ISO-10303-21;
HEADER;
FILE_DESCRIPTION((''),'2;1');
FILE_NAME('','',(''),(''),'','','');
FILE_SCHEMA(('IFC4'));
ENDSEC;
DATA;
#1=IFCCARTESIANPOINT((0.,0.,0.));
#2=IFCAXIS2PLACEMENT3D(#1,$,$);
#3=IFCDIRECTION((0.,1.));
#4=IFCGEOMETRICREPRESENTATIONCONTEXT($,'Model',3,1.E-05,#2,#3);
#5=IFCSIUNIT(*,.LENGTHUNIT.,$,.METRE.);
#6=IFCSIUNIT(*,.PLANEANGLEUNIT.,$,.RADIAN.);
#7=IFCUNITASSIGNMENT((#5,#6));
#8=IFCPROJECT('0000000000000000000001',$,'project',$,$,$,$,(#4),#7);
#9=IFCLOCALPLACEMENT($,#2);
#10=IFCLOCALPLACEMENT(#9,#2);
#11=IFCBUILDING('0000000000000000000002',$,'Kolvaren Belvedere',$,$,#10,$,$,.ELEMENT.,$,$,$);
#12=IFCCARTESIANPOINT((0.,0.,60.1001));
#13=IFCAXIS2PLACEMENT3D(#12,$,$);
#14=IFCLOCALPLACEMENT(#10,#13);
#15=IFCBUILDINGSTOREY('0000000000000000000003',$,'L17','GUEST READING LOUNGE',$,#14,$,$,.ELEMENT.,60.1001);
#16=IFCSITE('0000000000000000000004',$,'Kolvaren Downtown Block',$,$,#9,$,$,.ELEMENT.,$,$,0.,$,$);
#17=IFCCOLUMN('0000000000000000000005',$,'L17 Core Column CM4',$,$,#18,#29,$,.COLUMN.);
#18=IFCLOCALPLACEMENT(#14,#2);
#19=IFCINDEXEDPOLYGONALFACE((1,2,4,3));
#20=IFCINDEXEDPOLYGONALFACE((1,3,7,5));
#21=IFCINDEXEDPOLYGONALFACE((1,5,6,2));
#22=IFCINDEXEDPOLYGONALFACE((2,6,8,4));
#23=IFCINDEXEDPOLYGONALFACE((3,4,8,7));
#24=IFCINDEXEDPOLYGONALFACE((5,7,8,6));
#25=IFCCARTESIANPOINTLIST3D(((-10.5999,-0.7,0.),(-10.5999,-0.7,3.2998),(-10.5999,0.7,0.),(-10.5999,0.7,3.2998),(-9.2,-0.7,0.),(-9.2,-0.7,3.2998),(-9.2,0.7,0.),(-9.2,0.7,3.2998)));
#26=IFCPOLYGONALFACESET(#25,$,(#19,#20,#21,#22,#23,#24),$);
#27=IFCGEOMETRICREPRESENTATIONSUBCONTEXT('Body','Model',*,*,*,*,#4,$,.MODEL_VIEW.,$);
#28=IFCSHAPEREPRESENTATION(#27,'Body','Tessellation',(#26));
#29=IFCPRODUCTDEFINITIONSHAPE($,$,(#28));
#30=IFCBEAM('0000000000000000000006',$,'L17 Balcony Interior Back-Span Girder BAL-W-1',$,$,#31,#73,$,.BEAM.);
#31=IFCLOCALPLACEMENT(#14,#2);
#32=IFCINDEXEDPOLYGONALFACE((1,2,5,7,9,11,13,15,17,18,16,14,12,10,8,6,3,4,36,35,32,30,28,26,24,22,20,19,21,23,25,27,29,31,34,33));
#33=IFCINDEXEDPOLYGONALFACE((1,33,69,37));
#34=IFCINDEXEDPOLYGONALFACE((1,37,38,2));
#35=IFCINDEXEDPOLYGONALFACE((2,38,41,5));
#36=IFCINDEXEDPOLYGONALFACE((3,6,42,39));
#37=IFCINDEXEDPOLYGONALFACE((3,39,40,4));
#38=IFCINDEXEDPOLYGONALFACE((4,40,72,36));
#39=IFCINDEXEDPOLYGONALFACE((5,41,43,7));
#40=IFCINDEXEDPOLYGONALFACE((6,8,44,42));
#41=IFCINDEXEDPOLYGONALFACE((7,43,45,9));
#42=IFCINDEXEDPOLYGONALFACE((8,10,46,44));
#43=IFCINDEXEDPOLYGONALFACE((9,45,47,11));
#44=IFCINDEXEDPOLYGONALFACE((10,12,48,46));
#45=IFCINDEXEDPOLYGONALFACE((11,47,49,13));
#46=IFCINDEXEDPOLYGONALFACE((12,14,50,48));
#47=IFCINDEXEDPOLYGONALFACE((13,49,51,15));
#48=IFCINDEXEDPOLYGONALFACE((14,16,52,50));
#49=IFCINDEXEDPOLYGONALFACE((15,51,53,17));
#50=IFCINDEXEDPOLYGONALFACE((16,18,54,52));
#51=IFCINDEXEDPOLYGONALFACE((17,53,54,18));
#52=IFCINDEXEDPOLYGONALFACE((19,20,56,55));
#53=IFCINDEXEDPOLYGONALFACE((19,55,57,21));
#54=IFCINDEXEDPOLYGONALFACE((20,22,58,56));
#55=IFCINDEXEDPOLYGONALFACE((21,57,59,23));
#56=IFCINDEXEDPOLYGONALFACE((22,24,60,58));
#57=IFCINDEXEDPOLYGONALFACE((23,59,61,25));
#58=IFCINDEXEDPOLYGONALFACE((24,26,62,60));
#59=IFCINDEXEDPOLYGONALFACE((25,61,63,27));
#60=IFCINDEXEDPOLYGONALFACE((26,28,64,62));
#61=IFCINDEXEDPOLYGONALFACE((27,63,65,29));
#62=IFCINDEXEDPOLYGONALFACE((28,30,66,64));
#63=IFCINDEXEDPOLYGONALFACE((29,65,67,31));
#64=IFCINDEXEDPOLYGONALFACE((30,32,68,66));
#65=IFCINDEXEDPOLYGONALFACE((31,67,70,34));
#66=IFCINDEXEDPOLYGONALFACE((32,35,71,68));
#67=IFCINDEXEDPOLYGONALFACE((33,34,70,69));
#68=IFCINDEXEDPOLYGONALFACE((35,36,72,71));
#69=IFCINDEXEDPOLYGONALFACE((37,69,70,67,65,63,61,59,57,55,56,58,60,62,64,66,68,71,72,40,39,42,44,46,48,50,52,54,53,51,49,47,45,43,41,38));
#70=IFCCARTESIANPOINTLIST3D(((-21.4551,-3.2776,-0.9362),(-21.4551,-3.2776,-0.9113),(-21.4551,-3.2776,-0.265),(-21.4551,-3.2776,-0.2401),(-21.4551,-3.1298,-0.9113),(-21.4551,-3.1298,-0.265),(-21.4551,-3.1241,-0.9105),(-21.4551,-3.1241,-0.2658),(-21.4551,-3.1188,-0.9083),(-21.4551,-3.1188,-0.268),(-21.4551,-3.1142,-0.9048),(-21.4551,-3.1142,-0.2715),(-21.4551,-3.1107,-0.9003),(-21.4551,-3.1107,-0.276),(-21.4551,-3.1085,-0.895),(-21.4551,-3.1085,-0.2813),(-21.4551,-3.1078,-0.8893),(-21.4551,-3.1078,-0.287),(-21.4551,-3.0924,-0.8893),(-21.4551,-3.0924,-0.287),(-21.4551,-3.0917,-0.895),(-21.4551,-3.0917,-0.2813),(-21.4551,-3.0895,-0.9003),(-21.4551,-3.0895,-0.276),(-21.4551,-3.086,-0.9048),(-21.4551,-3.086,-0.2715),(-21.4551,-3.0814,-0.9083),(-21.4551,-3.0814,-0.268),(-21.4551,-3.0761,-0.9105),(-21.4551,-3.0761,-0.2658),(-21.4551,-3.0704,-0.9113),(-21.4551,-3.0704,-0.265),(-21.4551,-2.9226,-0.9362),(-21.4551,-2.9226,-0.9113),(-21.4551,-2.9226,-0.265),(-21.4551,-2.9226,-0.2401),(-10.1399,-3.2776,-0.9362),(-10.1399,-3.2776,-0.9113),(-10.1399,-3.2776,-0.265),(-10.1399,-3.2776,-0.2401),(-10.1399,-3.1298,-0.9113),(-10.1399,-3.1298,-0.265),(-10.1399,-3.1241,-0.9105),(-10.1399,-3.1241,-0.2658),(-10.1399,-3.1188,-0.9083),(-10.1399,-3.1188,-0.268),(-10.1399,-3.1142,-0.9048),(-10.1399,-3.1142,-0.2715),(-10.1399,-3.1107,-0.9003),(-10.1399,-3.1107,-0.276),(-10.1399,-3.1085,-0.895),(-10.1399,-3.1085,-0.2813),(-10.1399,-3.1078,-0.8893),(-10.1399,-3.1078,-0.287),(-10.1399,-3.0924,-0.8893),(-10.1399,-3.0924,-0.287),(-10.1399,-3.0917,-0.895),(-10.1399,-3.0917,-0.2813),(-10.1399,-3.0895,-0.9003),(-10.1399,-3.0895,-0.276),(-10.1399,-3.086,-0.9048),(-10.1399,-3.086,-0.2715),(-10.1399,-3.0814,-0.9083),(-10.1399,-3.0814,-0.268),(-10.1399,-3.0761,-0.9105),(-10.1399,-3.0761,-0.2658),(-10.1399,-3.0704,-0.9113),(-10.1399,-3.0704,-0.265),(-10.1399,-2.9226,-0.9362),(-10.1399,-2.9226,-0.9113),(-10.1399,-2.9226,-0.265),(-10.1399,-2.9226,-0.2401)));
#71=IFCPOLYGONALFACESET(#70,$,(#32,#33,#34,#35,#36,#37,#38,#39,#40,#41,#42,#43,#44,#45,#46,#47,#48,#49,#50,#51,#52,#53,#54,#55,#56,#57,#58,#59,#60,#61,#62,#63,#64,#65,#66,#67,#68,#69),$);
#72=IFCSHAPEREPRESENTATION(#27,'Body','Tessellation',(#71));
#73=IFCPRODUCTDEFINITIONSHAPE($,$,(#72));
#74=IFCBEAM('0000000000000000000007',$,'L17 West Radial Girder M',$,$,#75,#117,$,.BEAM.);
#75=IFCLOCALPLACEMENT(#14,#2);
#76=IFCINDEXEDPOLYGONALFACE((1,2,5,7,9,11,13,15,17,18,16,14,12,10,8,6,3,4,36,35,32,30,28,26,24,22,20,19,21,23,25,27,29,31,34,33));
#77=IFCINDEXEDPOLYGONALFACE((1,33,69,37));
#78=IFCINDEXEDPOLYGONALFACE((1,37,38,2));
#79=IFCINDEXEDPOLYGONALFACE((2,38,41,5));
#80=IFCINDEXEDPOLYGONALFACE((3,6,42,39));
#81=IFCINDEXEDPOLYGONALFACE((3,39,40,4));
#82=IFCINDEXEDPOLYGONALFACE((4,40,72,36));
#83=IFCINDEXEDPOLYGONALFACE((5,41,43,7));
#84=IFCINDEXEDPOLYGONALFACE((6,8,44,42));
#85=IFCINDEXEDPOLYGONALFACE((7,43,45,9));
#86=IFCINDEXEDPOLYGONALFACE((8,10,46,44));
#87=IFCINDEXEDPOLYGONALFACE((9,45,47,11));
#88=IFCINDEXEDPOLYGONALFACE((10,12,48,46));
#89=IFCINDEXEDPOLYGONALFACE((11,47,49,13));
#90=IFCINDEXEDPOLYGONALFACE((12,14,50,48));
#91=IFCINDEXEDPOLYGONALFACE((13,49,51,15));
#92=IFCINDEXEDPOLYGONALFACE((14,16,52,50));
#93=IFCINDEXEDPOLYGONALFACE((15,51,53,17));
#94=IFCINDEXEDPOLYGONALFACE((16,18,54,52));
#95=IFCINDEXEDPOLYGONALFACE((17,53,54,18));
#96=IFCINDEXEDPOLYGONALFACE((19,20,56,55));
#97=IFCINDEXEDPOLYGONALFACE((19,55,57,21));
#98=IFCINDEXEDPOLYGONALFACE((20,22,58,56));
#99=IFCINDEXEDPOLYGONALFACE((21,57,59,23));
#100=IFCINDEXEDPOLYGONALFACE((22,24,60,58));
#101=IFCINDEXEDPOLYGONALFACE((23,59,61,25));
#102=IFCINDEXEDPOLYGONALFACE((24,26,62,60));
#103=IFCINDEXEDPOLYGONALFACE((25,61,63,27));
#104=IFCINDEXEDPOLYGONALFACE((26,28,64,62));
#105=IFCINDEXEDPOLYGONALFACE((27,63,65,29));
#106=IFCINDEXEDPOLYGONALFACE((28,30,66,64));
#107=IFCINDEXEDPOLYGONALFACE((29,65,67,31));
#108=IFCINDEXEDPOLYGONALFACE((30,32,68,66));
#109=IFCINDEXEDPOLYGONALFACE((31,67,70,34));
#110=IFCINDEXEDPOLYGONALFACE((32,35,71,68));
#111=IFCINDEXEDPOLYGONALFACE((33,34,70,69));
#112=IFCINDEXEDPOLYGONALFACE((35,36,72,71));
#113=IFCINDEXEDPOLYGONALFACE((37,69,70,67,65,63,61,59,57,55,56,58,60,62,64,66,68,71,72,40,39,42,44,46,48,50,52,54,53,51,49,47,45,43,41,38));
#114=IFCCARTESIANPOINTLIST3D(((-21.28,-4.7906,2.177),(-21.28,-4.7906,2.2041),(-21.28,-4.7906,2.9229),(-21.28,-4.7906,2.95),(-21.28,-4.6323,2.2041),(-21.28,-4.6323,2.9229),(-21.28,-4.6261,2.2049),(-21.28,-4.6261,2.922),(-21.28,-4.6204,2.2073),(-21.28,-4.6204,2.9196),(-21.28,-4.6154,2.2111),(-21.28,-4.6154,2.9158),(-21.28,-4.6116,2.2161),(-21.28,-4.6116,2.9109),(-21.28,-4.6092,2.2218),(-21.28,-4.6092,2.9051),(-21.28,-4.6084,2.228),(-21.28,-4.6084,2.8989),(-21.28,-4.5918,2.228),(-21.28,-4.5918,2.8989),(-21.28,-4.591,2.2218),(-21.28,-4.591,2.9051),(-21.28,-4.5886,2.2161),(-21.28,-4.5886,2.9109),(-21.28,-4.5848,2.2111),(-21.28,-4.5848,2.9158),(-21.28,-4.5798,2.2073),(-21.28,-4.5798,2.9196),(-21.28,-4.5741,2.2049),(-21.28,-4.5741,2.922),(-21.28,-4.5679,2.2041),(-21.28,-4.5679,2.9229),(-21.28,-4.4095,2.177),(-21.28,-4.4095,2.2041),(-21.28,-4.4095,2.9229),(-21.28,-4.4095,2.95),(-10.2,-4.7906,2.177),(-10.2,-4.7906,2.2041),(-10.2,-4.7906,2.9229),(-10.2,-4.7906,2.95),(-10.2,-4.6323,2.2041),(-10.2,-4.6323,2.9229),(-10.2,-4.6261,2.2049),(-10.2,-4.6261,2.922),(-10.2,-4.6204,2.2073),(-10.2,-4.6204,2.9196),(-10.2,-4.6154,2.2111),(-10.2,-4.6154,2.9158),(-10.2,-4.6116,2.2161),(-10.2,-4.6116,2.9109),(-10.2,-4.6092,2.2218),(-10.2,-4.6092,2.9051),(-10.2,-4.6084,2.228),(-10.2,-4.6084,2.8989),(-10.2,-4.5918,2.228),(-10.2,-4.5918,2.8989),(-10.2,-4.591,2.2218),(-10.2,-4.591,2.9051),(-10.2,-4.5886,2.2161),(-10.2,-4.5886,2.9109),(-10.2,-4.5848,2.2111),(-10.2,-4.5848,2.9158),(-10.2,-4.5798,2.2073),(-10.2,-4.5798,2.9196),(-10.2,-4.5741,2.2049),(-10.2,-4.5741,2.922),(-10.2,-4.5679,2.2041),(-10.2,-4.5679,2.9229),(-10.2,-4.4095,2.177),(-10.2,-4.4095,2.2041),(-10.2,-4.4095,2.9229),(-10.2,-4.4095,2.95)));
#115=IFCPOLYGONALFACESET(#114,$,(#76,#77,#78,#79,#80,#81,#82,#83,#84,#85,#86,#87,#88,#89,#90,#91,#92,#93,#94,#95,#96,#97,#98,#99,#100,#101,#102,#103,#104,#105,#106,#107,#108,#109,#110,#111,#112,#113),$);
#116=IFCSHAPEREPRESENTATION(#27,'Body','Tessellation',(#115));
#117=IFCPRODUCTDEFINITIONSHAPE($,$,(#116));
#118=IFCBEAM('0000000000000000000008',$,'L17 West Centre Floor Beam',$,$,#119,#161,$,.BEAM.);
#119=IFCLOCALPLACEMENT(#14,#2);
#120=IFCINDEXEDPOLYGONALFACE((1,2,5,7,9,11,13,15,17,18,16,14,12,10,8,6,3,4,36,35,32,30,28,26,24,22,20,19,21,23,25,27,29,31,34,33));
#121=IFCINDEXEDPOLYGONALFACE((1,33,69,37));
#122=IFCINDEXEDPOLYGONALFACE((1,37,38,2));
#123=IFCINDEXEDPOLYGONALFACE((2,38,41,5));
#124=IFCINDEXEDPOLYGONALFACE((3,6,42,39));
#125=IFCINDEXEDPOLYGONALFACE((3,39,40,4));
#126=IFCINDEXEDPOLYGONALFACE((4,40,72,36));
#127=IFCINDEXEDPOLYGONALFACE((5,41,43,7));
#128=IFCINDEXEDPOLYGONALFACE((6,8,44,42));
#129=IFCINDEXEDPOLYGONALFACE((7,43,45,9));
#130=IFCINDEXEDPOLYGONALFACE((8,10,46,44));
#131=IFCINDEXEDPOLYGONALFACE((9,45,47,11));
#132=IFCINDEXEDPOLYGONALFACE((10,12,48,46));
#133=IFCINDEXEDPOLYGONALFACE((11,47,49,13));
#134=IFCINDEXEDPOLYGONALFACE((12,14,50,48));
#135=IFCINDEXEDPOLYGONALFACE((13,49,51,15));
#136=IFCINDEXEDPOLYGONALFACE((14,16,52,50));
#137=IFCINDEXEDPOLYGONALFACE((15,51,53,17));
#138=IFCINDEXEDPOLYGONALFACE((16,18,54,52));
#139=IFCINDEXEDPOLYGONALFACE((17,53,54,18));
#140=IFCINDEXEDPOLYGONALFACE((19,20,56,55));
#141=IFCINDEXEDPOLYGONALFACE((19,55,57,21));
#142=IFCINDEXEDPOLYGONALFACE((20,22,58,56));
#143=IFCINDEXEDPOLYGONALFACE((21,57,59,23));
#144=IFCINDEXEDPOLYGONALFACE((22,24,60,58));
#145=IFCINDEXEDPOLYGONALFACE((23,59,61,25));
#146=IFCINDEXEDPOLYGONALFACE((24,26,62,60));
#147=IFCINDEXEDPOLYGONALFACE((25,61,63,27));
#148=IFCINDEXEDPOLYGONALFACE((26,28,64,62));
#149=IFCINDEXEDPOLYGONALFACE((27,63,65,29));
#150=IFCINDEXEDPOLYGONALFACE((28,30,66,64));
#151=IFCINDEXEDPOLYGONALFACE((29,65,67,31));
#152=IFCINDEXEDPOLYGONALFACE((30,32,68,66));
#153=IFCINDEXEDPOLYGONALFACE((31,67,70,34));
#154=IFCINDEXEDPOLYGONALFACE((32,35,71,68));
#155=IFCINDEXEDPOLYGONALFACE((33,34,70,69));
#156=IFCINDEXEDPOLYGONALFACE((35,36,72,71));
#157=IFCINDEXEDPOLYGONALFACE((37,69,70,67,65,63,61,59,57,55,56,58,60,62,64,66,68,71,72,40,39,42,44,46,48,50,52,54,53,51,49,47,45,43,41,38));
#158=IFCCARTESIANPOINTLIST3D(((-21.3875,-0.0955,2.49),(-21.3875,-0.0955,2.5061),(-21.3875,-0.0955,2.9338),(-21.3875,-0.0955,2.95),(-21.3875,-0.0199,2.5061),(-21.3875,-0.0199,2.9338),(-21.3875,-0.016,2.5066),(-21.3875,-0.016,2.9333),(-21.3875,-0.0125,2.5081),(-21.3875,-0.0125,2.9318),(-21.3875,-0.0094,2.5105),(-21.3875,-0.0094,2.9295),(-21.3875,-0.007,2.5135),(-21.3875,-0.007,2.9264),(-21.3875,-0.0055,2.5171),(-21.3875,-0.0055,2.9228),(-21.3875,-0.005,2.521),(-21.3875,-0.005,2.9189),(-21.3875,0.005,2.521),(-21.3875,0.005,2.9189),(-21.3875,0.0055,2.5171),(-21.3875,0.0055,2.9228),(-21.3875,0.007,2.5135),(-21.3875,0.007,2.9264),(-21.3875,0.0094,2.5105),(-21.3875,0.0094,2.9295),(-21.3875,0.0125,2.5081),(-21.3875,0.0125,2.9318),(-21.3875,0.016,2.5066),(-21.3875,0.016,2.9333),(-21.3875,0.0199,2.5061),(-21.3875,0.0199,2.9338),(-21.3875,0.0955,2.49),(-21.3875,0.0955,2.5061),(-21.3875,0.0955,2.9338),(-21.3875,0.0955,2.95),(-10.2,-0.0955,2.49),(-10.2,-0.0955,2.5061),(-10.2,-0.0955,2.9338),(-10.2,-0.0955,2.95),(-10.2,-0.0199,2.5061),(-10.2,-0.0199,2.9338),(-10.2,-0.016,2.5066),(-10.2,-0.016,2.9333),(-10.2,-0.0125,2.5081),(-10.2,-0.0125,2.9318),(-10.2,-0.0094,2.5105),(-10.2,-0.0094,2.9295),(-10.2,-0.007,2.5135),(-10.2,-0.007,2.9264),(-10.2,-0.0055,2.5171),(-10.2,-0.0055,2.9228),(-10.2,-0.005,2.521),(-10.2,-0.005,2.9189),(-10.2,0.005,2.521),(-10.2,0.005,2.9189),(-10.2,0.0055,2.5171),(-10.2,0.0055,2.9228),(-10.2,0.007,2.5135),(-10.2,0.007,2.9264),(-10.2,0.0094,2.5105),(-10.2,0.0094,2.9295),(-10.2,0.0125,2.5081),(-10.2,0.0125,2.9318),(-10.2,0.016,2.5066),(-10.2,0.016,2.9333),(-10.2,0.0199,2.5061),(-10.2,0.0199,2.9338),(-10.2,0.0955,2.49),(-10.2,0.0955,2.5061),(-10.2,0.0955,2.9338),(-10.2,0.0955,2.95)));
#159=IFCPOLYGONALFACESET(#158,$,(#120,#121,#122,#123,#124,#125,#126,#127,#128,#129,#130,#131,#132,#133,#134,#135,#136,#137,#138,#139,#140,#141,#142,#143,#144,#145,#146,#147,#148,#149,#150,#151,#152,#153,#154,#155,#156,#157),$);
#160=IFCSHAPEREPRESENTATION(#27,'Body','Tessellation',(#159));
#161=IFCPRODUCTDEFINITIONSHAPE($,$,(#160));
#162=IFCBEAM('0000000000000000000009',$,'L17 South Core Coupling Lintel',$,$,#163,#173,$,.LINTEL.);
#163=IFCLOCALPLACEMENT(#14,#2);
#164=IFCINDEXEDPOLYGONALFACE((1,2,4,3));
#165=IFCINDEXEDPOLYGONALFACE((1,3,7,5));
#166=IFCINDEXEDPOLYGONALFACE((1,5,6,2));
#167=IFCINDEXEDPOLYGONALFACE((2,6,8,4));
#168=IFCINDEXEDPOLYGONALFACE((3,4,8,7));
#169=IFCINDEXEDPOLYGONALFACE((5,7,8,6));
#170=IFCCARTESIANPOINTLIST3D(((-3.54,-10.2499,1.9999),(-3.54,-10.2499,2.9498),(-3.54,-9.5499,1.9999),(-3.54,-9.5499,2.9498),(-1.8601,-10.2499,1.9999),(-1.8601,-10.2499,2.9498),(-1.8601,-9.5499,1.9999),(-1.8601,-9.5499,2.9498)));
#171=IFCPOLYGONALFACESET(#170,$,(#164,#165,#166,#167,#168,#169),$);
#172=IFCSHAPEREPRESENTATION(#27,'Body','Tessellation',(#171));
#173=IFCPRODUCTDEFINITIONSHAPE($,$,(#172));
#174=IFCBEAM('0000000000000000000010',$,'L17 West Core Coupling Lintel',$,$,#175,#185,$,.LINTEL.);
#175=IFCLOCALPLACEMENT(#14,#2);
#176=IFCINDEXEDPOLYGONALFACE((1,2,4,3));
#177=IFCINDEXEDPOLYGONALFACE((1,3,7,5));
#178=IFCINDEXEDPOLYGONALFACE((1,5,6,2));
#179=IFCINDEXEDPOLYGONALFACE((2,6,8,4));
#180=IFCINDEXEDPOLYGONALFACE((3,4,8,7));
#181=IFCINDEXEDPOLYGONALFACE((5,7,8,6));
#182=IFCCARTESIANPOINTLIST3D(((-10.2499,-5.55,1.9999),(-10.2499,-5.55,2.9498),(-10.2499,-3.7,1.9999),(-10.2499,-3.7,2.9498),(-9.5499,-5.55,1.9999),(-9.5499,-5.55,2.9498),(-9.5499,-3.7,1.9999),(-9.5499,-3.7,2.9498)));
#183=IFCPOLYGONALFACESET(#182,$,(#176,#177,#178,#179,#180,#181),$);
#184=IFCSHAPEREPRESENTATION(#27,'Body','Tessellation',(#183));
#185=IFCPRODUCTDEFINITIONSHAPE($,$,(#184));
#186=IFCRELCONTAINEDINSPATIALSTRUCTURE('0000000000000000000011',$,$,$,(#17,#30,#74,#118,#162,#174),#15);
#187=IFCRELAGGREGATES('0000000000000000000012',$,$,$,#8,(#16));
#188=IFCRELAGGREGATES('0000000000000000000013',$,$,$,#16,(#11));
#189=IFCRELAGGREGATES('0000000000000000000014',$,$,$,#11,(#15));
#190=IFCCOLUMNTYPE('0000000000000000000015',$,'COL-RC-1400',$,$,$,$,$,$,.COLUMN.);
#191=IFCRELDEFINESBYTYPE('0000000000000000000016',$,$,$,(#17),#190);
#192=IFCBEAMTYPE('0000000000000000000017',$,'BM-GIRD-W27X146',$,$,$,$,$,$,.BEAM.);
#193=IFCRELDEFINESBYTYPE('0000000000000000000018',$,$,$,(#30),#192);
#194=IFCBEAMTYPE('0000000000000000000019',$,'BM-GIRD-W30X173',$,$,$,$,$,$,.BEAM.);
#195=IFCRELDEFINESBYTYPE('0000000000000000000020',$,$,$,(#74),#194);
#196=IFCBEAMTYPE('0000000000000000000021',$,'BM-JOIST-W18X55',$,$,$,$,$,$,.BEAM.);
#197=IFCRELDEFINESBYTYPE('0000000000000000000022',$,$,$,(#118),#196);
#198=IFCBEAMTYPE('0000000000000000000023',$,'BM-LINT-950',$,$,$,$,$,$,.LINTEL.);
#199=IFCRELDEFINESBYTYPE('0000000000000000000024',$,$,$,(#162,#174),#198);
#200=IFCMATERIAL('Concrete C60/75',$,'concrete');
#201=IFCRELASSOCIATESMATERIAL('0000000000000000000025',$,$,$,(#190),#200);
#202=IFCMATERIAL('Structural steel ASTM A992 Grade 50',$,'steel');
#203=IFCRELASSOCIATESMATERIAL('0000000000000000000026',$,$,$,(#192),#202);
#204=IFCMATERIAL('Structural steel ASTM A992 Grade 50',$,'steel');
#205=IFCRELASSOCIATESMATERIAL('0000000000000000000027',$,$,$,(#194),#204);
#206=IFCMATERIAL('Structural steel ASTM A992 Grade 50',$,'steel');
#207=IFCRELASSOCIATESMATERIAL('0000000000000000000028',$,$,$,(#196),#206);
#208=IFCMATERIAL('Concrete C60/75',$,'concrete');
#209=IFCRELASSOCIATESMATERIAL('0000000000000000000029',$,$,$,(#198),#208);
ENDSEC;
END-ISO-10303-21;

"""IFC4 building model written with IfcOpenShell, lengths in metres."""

from ifc_helpers import new_model, si_unit, direction, frame, origin, origin_2d, place, context, subcontext, project, spatial, rectangle, i_section, extrude, material, material_profile, profile_set, type_object, element, save


model = new_model("IFC4")

# Units and contexts
model_context = context("Model", 3, precision=1e-05, world=origin(), true_north=direction((0.0, 1.0)))
body_context = subcontext(model_context, "Body", "Model", "MODEL_VIEW")
ifc_project = project(units=[si_unit("LENGTHUNIT", "METRE"), si_unit("PLANEANGLEUNIT", "RADIAN")], contexts=[model_context])

# Site, building, storey
site_placement = place(None, origin())
site = spatial("IfcSite", under=ifc_project, at=site_placement, Name="Kolvaren Downtown Block", CompositionType="ELEMENT", RefElevation=0.0)
building_placement = place(site_placement, origin())
building = spatial("IfcBuilding", under=site, at=building_placement, Name="Kolvaren Belvedere", CompositionType="ELEMENT")
storey_placement = place(building_placement, frame((0.0, 0.0, 60.1001)))
storey = spatial("IfcBuildingStorey", under=building, at=storey_placement, Name="L17", Description="GUEST READING LOUNGE", CompositionType="ELEMENT", Elevation=60.1001)

# Column
ifc_material_1 = material(Name="Concrete C60/75", Category="concrete")
ifc_material_profile_1 = material_profile(ifc_material_1, rectangle(XDim=1.3999, YDim=1.3999, at=origin_2d()), Name="RC 1400X1400")
ifc_profile_set_1 = profile_set([ifc_material_profile_1], Name="Concrete C60/75")
column_type = type_object("IfcColumnType", Name="COL-RC-1400", PredefinedType="COLUMN", material=ifc_profile_set_1)
column_placement = place(storey_placement, frame((-9.8999, 0.0, 0.0), z_axis=(0.0, 0.0, 1.0), x_axis=(1.0, 0.0, 0.0)))
element("IfcColumn", 1, at=column_placement, inside=storey, type_object=column_type, Name="L17 Core Column CM4", PredefinedType="COLUMN", context=body_context, shape_type="SweptSolid", body=[
    extrude(rectangle(XDim=1.3999, YDim=1.3999, at=origin_2d()), origin(), (0.0, 0.0, 1.0), 3.2998),
])

# Beams
ifc_material_2 = material(Name="Structural steel ASTM A992 Grade 50", Category="steel")
ifc_material_profile_2 = material_profile(ifc_material_2, i_section(OverallWidth=0.355, OverallDepth=0.696, WebThickness=0.0154, FlangeThickness=0.0249, FilletRadius=0.022, at=origin_2d()), Name="W27X146")
ifc_profile_set_2 = profile_set([ifc_material_profile_2], Name="Structural steel ASTM A992 Grade 50")
beam_type_1 = type_object("IfcBeamType", Name="BM-GIRD-W27X146", PredefinedType="BEAM", material=ifc_profile_set_2)
beam_1_placement = place(storey_placement, frame((-10.1399, -3.1001, -0.5881), z_axis=(-1.0, 0.0, 0.0), x_axis=(0.0, -1.0, 0.0)))
element("IfcBeam", 2, at=beam_1_placement, inside=storey, type_object=beam_type_1, Name="L17 Balcony Interior Back-Span Girder BAL-W-1", PredefinedType="BEAM", context=body_context, shape_type="SweptSolid", body=[
    extrude(i_section(OverallWidth=0.355, OverallDepth=0.696, WebThickness=0.0154, FlangeThickness=0.0249, FilletRadius=0.022, at=origin_2d()), origin(), (0.0, 0.0, 1.0), 11.3152),
])
ifc_material_3 = material(Name="Structural steel ASTM A992 Grade 50", Category="steel")
ifc_material_profile_3 = material_profile(ifc_material_3, i_section(OverallWidth=0.3811, OverallDepth=0.7729, WebThickness=0.0166, FlangeThickness=0.0271, FilletRadius=0.0239, at=origin_2d()), Name="W30X173")
ifc_profile_set_3 = profile_set([ifc_material_profile_3], Name="Structural steel ASTM A992 Grade 50")
beam_type_2 = type_object("IfcBeamType", Name="BM-GIRD-W30X173", PredefinedType="BEAM", material=ifc_profile_set_3)
beam_2_placement = place(storey_placement, frame((-10.2, -4.6001, 2.5635), z_axis=(-1.0, 0.0, 0.0), x_axis=(0.0, -1.0, 0.0)))
element("IfcBeam", 3, at=beam_2_placement, inside=storey, type_object=beam_type_2, Name="L17 West Radial Girder M", PredefinedType="BEAM", context=body_context, shape_type="SweptSolid", body=[
    extrude(i_section(OverallWidth=0.3811, OverallDepth=0.7729, WebThickness=0.0166, FlangeThickness=0.0271, FilletRadius=0.0239, at=origin_2d()), origin(), (0.0, 0.0, 1.0), 11.0801),
])
ifc_material_4 = material(Name="Structural steel ASTM A992 Grade 50", Category="steel")
ifc_material_profile_4 = material_profile(ifc_material_4, i_section(OverallWidth=0.1909, OverallDepth=0.46, WebThickness=0.01, FlangeThickness=0.0161, FilletRadius=0.0149, at=origin_2d()), Name="W18X55")
ifc_profile_set_4 = profile_set([ifc_material_profile_4], Name="Structural steel ASTM A992 Grade 50")
beam_type_3 = type_object("IfcBeamType", Name="BM-JOIST-W18X55", PredefinedType="BEAM", material=ifc_profile_set_4)
beam_3_placement = place(storey_placement, frame((-10.2, 0.0, 2.72), z_axis=(-1.0, 0.0, 0.0), x_axis=(0.0, -1.0, 0.0)))
element("IfcBeam", 4, at=beam_3_placement, inside=storey, type_object=beam_type_3, Name="L17 West Centre Floor Beam", PredefinedType="BEAM", context=body_context, shape_type="SweptSolid", body=[
    extrude(i_section(OverallWidth=0.1909, OverallDepth=0.46, WebThickness=0.01, FlangeThickness=0.0161, FilletRadius=0.0149, at=origin_2d()), origin(), (0.0, 0.0, 1.0), 11.1875),
])
ifc_material_5 = material(Name="Concrete C60/75", Category="concrete")
ifc_material_profile_5 = material_profile(ifc_material_5, rectangle(XDim=0.7, YDim=0.95, at=origin_2d()), Name="RC 700X950")
ifc_profile_set_5 = profile_set([ifc_material_profile_5], Name="Concrete C60/75")
beam_type_4 = type_object("IfcBeamType", Name="BM-LINT-950", PredefinedType="LINTEL", material=ifc_profile_set_5)
beam_4_placement = place(storey_placement, frame((-3.54, -9.8999, 2.4749), z_axis=(1.0, 0.0, 0.0), x_axis=(0.0, 1.0, 0.0)))
element("IfcBeam", 5, at=beam_4_placement, inside=storey, type_object=beam_type_4, Name="L17 South Core Coupling Lintel", PredefinedType="LINTEL", context=body_context, shape_type="SweptSolid", body=[
    extrude(rectangle(XDim=0.7, YDim=0.95, at=origin_2d()), origin(), (0.0, 0.0, 1.0), 1.6799),
])
beam_5_placement = place(storey_placement, frame((-9.8999, -5.55, 2.4749), z_axis=(0.0, 1.0, 0.0), x_axis=(-1.0, 0.0, 0.0)))
element("IfcBeam", 6, at=beam_5_placement, inside=storey, type_object=beam_type_4, Name="L17 West Core Coupling Lintel", PredefinedType="LINTEL", context=body_context, shape_type="SweptSolid", body=[
    extrude(rectangle(XDim=0.7, YDim=0.95, at=origin_2d()), origin(), (0.0, 0.0, 1.0), 1.8501),
])

save(model, "model.ifc")
